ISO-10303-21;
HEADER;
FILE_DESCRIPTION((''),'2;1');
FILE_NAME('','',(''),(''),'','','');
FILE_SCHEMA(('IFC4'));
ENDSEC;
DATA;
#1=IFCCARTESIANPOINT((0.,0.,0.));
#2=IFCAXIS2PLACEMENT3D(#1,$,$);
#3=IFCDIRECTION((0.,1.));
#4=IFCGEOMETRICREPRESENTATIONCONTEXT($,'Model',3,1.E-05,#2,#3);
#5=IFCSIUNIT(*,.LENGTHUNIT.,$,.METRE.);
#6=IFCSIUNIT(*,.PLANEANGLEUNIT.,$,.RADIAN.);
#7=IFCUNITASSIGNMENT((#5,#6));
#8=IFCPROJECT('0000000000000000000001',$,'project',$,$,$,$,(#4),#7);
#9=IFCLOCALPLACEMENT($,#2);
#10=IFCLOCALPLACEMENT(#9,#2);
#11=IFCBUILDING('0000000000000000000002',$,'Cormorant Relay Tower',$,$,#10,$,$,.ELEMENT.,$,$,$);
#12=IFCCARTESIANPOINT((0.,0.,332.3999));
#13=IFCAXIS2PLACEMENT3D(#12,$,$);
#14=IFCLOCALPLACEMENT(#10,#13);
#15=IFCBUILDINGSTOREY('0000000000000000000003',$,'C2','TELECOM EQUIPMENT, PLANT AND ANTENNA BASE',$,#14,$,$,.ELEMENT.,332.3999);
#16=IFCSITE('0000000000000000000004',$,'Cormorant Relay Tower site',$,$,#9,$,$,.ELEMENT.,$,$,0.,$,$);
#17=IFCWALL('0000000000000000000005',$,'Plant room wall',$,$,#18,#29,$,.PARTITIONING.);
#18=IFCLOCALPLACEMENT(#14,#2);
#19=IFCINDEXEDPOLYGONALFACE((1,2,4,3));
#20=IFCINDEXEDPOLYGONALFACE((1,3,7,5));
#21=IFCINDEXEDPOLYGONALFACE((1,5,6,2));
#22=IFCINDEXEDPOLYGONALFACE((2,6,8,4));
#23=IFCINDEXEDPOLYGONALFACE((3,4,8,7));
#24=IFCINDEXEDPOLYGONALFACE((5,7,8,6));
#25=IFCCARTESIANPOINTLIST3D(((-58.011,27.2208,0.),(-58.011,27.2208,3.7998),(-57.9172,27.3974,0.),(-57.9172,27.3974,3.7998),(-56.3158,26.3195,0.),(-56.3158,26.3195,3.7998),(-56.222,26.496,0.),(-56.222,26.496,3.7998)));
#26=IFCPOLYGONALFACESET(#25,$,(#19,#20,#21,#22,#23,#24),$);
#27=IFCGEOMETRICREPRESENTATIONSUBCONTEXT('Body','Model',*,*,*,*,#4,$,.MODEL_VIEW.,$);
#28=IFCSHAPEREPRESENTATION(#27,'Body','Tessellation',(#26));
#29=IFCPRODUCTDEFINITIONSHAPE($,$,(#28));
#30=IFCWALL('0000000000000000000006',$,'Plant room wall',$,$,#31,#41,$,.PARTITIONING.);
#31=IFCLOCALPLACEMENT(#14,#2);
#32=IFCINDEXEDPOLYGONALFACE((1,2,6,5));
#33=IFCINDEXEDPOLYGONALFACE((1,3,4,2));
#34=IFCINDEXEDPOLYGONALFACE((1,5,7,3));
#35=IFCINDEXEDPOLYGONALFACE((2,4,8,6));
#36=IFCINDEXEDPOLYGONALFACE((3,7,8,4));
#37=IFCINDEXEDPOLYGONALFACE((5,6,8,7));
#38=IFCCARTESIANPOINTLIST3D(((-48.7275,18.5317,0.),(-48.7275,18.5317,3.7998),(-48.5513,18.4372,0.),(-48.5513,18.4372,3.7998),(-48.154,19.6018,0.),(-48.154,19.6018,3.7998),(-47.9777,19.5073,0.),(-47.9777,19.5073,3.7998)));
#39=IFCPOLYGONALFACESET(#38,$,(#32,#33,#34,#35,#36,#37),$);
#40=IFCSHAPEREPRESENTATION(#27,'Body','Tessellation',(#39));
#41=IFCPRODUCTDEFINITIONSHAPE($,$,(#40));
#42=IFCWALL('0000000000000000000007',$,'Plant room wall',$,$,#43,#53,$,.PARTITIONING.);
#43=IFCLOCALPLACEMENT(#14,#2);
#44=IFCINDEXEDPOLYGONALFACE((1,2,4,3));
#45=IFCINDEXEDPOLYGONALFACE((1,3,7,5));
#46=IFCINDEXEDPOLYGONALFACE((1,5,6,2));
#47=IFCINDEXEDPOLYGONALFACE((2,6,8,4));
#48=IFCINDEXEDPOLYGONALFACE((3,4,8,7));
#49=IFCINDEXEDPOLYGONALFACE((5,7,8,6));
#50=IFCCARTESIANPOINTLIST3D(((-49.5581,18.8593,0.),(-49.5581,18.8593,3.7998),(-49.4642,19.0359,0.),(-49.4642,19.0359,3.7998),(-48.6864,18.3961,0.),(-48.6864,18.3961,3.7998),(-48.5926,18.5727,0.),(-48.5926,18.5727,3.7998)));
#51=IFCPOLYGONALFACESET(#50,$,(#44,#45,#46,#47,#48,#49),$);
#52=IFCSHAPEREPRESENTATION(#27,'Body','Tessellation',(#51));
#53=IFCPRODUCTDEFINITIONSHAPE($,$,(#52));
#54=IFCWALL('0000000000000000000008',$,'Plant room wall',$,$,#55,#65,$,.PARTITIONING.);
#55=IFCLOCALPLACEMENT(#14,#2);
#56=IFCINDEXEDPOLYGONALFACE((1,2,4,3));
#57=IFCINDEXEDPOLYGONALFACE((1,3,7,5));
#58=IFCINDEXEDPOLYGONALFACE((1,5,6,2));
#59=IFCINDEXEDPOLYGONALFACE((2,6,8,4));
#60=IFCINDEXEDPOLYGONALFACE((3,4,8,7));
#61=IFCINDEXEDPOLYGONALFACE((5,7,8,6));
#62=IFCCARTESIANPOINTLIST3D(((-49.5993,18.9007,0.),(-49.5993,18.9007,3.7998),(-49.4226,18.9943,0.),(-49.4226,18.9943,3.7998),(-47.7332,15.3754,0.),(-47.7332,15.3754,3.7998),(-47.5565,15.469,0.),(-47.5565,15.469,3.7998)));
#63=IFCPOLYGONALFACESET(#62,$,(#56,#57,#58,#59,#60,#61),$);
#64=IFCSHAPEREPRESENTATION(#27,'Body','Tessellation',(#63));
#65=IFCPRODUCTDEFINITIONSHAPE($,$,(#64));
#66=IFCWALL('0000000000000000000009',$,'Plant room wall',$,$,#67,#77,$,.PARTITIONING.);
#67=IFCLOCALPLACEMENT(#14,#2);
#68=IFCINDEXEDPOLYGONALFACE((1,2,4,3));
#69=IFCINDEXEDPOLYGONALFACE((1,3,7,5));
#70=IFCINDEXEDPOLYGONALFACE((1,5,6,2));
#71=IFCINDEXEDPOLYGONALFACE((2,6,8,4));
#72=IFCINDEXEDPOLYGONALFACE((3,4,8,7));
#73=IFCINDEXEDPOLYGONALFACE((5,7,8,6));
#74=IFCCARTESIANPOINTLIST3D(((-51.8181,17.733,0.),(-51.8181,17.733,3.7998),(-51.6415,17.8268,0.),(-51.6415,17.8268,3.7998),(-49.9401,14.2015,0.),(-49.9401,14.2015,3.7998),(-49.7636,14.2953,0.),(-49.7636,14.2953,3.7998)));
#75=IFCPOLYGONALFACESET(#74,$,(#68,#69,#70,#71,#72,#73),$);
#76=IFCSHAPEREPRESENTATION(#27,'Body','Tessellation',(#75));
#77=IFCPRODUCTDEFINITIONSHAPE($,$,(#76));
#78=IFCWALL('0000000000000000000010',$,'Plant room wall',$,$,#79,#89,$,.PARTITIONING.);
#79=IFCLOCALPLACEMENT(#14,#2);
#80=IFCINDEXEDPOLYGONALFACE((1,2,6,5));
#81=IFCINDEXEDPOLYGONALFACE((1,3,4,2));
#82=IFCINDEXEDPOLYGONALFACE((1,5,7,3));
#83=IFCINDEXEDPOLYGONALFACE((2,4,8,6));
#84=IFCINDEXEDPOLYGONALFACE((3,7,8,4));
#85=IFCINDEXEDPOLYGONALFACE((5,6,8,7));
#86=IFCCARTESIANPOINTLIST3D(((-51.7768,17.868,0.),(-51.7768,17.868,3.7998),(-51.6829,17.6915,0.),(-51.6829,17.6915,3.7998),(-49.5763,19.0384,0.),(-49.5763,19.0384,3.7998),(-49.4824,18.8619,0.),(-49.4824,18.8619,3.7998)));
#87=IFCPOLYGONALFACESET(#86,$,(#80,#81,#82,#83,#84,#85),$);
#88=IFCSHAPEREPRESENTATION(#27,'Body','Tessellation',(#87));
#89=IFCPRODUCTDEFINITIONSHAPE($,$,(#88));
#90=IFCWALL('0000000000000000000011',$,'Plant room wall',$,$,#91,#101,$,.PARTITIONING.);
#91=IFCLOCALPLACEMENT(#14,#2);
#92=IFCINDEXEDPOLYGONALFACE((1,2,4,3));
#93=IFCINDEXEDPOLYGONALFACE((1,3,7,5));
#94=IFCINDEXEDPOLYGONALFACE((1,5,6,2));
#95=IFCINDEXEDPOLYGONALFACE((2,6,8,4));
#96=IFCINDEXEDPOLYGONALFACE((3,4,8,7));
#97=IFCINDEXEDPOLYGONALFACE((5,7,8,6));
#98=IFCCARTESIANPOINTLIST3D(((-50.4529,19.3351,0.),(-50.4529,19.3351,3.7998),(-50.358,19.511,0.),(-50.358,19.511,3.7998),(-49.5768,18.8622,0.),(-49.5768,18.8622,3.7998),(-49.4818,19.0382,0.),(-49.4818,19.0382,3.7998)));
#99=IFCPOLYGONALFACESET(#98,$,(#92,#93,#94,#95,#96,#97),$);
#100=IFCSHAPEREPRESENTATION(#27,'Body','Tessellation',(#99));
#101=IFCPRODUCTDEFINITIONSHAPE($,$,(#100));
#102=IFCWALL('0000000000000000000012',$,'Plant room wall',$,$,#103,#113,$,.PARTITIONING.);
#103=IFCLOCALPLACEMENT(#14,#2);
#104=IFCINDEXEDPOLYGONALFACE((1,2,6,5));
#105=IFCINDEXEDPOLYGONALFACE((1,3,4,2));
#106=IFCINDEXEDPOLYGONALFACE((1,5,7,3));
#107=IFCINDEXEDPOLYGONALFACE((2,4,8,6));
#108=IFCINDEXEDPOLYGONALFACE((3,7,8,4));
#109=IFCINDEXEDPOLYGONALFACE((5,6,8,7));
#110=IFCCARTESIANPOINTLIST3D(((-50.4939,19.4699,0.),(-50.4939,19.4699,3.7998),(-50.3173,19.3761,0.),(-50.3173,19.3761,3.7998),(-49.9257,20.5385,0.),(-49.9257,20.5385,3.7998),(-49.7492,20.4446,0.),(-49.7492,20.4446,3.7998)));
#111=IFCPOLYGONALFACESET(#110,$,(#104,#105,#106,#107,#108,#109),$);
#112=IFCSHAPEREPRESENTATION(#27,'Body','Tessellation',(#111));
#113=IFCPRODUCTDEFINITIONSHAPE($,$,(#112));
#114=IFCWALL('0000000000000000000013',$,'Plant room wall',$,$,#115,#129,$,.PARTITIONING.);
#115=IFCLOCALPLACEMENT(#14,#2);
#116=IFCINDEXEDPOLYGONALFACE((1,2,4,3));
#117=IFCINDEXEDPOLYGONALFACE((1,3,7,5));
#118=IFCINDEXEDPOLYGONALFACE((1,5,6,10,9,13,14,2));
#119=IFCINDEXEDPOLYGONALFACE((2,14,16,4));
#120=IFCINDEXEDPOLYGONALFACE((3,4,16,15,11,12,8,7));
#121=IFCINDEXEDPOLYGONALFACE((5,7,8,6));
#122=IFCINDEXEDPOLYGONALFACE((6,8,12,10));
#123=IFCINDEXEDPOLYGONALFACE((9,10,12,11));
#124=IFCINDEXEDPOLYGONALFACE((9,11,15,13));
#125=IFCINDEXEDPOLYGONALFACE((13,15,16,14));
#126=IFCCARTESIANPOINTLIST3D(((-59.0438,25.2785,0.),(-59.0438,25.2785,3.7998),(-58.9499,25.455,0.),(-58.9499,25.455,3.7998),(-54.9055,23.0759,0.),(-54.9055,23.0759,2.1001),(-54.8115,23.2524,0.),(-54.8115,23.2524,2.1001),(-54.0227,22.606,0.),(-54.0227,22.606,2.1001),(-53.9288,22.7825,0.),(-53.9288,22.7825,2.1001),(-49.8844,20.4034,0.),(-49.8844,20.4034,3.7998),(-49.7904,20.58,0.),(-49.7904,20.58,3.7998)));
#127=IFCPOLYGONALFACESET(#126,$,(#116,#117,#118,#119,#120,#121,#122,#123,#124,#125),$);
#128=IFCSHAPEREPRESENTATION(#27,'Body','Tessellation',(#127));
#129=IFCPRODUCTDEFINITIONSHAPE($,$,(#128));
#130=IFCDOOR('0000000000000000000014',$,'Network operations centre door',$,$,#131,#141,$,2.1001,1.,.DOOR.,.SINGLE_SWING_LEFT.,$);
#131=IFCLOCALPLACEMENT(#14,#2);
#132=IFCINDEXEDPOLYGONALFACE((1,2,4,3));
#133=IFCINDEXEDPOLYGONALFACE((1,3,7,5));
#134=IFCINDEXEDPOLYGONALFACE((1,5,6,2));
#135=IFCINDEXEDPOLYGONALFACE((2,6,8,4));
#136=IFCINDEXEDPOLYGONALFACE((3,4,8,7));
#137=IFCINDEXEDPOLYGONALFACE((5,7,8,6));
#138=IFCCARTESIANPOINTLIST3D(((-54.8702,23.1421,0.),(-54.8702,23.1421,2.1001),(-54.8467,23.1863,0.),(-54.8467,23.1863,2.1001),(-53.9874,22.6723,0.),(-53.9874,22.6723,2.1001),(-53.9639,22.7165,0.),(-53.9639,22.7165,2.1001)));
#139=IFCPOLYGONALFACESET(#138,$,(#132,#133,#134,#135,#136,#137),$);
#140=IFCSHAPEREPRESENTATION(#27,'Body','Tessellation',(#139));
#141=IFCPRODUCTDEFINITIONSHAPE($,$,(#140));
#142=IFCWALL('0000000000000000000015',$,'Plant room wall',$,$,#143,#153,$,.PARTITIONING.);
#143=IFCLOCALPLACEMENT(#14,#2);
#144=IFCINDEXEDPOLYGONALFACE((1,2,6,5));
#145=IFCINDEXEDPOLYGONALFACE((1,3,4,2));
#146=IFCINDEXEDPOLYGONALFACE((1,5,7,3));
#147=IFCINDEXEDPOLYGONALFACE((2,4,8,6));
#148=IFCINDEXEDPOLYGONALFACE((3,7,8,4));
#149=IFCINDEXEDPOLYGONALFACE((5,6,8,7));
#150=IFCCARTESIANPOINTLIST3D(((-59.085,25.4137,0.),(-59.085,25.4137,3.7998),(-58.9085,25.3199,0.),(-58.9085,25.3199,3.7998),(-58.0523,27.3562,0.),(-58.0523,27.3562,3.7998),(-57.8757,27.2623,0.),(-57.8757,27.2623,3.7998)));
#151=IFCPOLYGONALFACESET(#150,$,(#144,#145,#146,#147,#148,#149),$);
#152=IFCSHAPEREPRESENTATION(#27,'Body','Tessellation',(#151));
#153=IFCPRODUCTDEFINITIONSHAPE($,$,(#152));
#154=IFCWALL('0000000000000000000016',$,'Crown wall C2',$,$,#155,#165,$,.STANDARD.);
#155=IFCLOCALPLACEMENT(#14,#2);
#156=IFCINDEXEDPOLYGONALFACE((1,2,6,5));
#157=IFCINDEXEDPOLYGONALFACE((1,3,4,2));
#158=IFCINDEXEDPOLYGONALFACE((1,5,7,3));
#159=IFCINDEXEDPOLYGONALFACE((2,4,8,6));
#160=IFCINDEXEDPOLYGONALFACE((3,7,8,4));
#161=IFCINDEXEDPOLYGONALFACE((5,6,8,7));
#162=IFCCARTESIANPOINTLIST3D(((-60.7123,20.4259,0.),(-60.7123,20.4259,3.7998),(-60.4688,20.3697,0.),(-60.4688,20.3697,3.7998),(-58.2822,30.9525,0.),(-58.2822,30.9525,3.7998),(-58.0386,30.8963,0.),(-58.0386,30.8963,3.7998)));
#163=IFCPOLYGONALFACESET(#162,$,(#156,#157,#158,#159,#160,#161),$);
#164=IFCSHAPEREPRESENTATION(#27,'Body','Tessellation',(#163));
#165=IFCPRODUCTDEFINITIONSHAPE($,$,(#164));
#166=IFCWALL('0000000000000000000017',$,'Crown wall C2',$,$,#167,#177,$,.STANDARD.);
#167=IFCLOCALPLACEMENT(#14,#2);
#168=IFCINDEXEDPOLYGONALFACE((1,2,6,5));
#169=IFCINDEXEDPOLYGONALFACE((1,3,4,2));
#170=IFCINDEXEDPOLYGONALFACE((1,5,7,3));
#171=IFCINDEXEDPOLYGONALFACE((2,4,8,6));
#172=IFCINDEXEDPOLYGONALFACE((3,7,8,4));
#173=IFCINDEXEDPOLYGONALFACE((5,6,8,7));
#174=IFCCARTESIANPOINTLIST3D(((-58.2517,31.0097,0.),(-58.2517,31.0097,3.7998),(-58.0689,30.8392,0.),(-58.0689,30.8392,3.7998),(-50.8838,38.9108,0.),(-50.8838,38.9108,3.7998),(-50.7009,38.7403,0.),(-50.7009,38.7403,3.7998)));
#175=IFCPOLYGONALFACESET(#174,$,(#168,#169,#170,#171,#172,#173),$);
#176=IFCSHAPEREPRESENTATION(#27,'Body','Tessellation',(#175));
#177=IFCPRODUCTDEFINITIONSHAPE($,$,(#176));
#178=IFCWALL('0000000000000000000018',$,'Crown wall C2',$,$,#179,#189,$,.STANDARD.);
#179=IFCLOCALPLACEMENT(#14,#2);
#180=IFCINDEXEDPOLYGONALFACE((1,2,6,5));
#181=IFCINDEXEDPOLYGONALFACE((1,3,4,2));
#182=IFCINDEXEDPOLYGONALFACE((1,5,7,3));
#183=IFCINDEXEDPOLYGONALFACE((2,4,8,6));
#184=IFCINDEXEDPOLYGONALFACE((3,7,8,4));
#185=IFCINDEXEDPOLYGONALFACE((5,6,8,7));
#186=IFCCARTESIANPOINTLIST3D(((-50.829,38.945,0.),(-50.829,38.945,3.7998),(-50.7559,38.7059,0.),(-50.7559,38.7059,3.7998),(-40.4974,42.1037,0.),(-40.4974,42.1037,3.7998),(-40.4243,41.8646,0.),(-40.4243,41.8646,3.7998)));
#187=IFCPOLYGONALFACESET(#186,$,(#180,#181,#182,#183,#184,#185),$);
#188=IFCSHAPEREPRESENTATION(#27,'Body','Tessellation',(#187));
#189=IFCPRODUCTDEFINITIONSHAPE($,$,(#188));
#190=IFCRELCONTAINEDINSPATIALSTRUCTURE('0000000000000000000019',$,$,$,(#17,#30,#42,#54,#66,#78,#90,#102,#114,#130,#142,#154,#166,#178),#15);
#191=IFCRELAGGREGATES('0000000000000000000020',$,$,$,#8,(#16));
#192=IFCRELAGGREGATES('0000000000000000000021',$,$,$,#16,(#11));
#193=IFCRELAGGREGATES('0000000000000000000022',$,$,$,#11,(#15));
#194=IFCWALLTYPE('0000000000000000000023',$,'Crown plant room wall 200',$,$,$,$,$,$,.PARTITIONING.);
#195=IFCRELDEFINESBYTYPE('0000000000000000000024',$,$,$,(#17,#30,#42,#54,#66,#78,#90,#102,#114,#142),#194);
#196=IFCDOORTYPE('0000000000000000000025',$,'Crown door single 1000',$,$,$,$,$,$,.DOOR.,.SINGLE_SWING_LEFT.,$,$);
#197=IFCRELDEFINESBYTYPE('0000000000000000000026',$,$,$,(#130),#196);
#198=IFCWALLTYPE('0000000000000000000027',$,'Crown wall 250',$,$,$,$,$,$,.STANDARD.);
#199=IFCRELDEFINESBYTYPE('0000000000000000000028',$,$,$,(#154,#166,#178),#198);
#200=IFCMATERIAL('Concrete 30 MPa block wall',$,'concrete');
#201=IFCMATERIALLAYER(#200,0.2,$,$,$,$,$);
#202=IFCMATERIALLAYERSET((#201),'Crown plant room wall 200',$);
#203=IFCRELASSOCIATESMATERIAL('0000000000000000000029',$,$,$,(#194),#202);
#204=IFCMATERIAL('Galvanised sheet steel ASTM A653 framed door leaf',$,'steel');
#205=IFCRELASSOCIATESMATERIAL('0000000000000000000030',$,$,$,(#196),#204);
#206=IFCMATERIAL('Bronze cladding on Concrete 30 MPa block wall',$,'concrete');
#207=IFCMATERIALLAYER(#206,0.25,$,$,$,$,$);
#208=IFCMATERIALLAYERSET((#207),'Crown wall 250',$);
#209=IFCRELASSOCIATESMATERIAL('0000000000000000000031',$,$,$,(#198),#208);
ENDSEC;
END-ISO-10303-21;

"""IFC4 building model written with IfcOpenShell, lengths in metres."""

from ifc_helpers import new_model, si_unit, direction, frame, frame_2d, origin, place, context, subcontext, project, spatial, rectangle, extrude, material, layer, layer_set, type_object, element, fill, save


model = new_model("IFC4")

# Units and contexts
model_context = context("Model", 3, precision=1e-05, world=origin(), true_north=direction((0.0, 1.0)))
body_context = subcontext(model_context, "Body", "Model", "MODEL_VIEW")
ifc_project = project(units=[si_unit("LENGTHUNIT", "METRE"), si_unit("PLANEANGLEUNIT", "RADIAN")], contexts=[model_context])

# Site, building, storey
site_placement = place(None, origin())
site = spatial("IfcSite", under=ifc_project, at=site_placement, Name="Cormorant Relay Tower site", CompositionType="ELEMENT", RefElevation=0.0)
building_placement = place(site_placement, origin())
building = spatial("IfcBuilding", under=site, at=building_placement, Name="Cormorant Relay Tower", CompositionType="ELEMENT")
storey_placement = place(building_placement, frame((0.0, 0.0, 332.3999)))
storey = spatial("IfcBuildingStorey", under=building, at=storey_placement, Name="C2", Description="TELECOM EQUIPMENT, PLANT AND ANTENNA BASE", CompositionType="ELEMENT", Elevation=332.3999)

# Walls
ifc_material_1 = material(Name="Concrete 30 MPa block wall", Category="concrete")
ifc_layer_1 = layer(ifc_material_1, 0.2)
ifc_layer_set_1 = layer_set([ifc_layer_1], Name="Crown plant room wall 200")
wall_type_1 = type_object("IfcWallType", Name="Crown plant room wall 200", PredefinedType="PARTITIONING", material=ifc_layer_set_1)
wall_1_placement = place(storey_placement, frame((-57.9641, 27.3091, 0.0), z_axis=(0.0, 0.0, 1.0), x_axis=(0.882958, -0.469453, 0.0)))
element("IfcWall", 1, at=wall_1_placement, inside=storey, type_object=wall_type_1, Name="Plant room wall", PredefinedType="PARTITIONING", context=body_context, shape_type="SweptSolid", body=[
    extrude(rectangle(XDim=1.9199, YDim=0.2, at=frame_2d((0.96, 0.0))), origin(), (0.0, 0.0, 1.0), 3.7998),
])
wall_2_placement = place(storey_placement, frame((-48.0659, 19.5544, 0.0), z_axis=(0.0, 0.0, 1.0), x_axis=(-0.472372, -0.881399, 0.0)))
element("IfcWall", 2, at=wall_2_placement, inside=storey, type_object=wall_type_1, Name="Plant room wall", PredefinedType="PARTITIONING", context=body_context, shape_type="SweptSolid", body=[
    extrude(rectangle(XDim=1.2141, YDim=0.2, at=frame_2d((0.6069, 0.0))), origin(), (0.0, 0.0, 1.0), 3.7998),
])
wall_3_placement = place(storey_placement, frame((-48.6394, 18.4844, 0.0), z_axis=(0.0, 0.0, 1.0), x_axis=(-0.883071, 0.46924, 0.0)))
element("IfcWall", 3, at=wall_3_placement, inside=storey, type_object=wall_type_1, Name="Plant room wall", PredefinedType="PARTITIONING", context=body_context, shape_type="SweptSolid", body=[
    extrude(rectangle(XDim=0.9871, YDim=0.2, at=frame_2d((0.4937, 0.0))), origin(), (0.0, 0.0, 1.0), 3.7998),
])
wall_4_placement = place(storey_placement, frame((-49.511, 18.9475, 0.0), z_axis=(0.0, 0.0, 1.0), x_axis=(0.467854, -0.883806, 0.0)))
element("IfcWall", 4, at=wall_4_placement, inside=storey, type_object=wall_type_1, Name="Plant room wall", PredefinedType="PARTITIONING", context=body_context, shape_type="SweptSolid", body=[
    extrude(rectangle(XDim=3.9888, YDim=0.2, at=frame_2d((1.9944, 0.0))), origin(), (0.0, 0.0, 1.0), 3.7998),
])
wall_5_placement = place(storey_placement, frame((-49.8518, 14.2483, 0.0), z_axis=(0.0, 0.0, 1.0), x_axis=(-0.469511, 0.882927, 0.0)))
element("IfcWall", 5, at=wall_5_placement, inside=storey, type_object=wall_type_1, Name="Plant room wall", PredefinedType="PARTITIONING", context=body_context, shape_type="SweptSolid", body=[
    extrude(rectangle(XDim=3.9998, YDim=0.2, at=frame_2d((2.0, 0.0))), origin(), (0.0, 0.0, 1.0), 3.7998),
])
wall_6_placement = place(storey_placement, frame((-51.7297, 17.7798, 0.0), z_axis=(0.0, 0.0, 1.0), x_axis=(0.882878, 0.469602, 0.0)))
element("IfcWall", 6, at=wall_6_placement, inside=storey, type_object=wall_type_1, Name="Plant room wall", PredefinedType="PARTITIONING", context=body_context, shape_type="SweptSolid", body=[
    extrude(rectangle(XDim=2.4924, YDim=0.2, at=frame_2d((1.2461, 0.0))), origin(), (0.0, 0.0, 1.0), 3.7998),
])
wall_7_placement = place(storey_placement, frame((-49.5293, 18.9502, 0.0), z_axis=(0.0, 0.0, 1.0), x_axis=(-0.880014, 0.474948, 0.0)))
element("IfcWall", 7, at=wall_7_placement, inside=storey, type_object=wall_type_1, Name="Plant room wall", PredefinedType="PARTITIONING", context=body_context, shape_type="SweptSolid", body=[
    extrude(rectangle(XDim=0.9956, YDim=0.2, at=frame_2d((0.4978, 0.0))), origin(), (0.0, 0.0, 1.0), 3.7998),
])
wall_8_placement = place(storey_placement, frame((-50.4055, 19.4231, 0.0), z_axis=(0.0, 0.0, 1.0), x_axis=(0.469426, 0.882972, 0.0)))
element("IfcWall", 8, at=wall_8_placement, inside=storey, type_object=wall_type_1, Name="Plant room wall", PredefinedType="PARTITIONING", context=body_context, shape_type="SweptSolid", body=[
    extrude(rectangle(XDim=1.2102, YDim=0.2, at=frame_2d((0.605, 0.0))), origin(), (0.0, 0.0, 1.0), 3.7998),
])

# Wall, opening, door
wall_9_placement = place(storey_placement, frame((-49.8374, 20.4917, 0.0), z_axis=(0.0, 0.0, 1.0), x_axis=(-0.882754, 0.469836, 0.0)))
wall_9 = element("IfcWall", 9, at=wall_9_placement, inside=storey, type_object=wall_type_1, Name="Plant room wall", PredefinedType="PARTITIONING", context=body_context, shape_type="SweptSolid", body=[
    extrude(rectangle(XDim=10.376, YDim=0.2, at=frame_2d((5.188, 0.0))), origin(), (0.0, 0.0, 1.0), 3.7998),
])
opening_placement = place(wall_9_placement, frame((4.688, 0.0, 0.0)))
opening = element("IfcOpeningElement", 10, at=opening_placement, cuts=wall_9, PredefinedType="OPENING", context=body_context, shape_type="SweptSolid", body=[
    extrude(rectangle(XDim=1.0, YDim=2.1001, at=frame_2d((0.5, 1.05))), frame((0.0, 0.1099, 0.0), z_axis=(0.0, -1.0, 0.0), x_axis=(1.0, 0.0, 0.0)), (0.0, 0.0, 1.0), 0.22),
])
ifc_material_2 = material(Name="Galvanised sheet steel ASTM A653 framed door leaf", Category="steel")
door_type = type_object("IfcDoorType", Name="Crown door single 1000", OperationType="SINGLE_SWING_LEFT", PredefinedType="DOOR", material=ifc_material_2)
door_placement = place(opening_placement, origin())
door = element("IfcDoor", 11, at=door_placement, inside=storey, type_object=door_type, Name="Network operations centre door", OperationType="SINGLE_SWING_LEFT", OverallHeight=2.1001, OverallWidth=1.0, PredefinedType="DOOR", context=body_context, shape_type="SweptSolid", body=[
    extrude(rectangle(XDim=1.0, YDim=2.1001, at=frame_2d((0.5, 1.05))), frame((0.0, 0.0249, 0.0), z_axis=(0.0, -1.0, 0.0), x_axis=(1.0, 0.0, 0.0)), (0.0, 0.0, 1.0), 0.05),
])
fill(opening, door)

# Walls
wall_10_placement = place(storey_placement, frame((-58.9968, 25.3667, 0.0), z_axis=(0.0, 0.0, 1.0), x_axis=(0.469447, 0.88296, 0.0)))
element("IfcWall", 12, at=wall_10_placement, inside=storey, type_object=wall_type_1, Name="Plant room wall", PredefinedType="PARTITIONING", context=body_context, shape_type="SweptSolid", body=[
    extrude(rectangle(XDim=2.2, YDim=0.2, at=frame_2d((1.1001, 0.0))), origin(), (0.0, 0.0, 1.0), 3.7998),
])
ifc_material_3 = material(Name="Bronze cladding on Concrete 30 MPa block wall", Category="concrete")
ifc_layer_2 = layer(ifc_material_3, 0.25)
ifc_layer_set_2 = layer_set([ifc_layer_2], Name="Crown wall 250")
wall_type_2 = type_object("IfcWallType", Name="Crown wall 250", PredefinedType="STANDARD", material=ifc_layer_set_2)
for number, where, z_axis, x_axis, name in (
    (13, (-60.5906, 20.3977, 0.0), (0.0, 0.0, 1.0), (0.224944, 0.974372, 0.0), "Crown wall C2"),
    (14, (-58.1604, 30.9243, 0.0), (0.0, 0.0, 1.0), (0.681999, 0.731354, 0.0), "Crown wall C2"),
):
    element("IfcWall", number, at=place(storey_placement, frame(where, z_axis=z_axis, x_axis=x_axis)), inside=storey, type_object=wall_type_2, Name=name, PredefinedType="STANDARD", context=body_context, shape_type="SweptSolid", body=[
        extrude(rectangle(XDim=10.8035, YDim=0.25, at=frame_2d((5.4019, 0.0))), origin(), (0.0, 0.0, 1.0), 3.7998),
    ])
wall_11_placement = place(storey_placement, frame((-50.7925, 38.8254, 0.0), z_axis=(0.0, 0.0, 1.0), x_axis=(0.956304, 0.292374, 0.0)))
element("IfcWall", 15, at=wall_11_placement, inside=storey, type_object=wall_type_2, Name="Crown wall C2", PredefinedType="STANDARD", context=body_context, shape_type="SweptSolid", body=[
    extrude(rectangle(XDim=10.8037, YDim=0.25, at=frame_2d((5.4019, 0.0))), origin(), (0.0, 0.0, 1.0), 3.7998),
])

save(model, "model.ifc")
